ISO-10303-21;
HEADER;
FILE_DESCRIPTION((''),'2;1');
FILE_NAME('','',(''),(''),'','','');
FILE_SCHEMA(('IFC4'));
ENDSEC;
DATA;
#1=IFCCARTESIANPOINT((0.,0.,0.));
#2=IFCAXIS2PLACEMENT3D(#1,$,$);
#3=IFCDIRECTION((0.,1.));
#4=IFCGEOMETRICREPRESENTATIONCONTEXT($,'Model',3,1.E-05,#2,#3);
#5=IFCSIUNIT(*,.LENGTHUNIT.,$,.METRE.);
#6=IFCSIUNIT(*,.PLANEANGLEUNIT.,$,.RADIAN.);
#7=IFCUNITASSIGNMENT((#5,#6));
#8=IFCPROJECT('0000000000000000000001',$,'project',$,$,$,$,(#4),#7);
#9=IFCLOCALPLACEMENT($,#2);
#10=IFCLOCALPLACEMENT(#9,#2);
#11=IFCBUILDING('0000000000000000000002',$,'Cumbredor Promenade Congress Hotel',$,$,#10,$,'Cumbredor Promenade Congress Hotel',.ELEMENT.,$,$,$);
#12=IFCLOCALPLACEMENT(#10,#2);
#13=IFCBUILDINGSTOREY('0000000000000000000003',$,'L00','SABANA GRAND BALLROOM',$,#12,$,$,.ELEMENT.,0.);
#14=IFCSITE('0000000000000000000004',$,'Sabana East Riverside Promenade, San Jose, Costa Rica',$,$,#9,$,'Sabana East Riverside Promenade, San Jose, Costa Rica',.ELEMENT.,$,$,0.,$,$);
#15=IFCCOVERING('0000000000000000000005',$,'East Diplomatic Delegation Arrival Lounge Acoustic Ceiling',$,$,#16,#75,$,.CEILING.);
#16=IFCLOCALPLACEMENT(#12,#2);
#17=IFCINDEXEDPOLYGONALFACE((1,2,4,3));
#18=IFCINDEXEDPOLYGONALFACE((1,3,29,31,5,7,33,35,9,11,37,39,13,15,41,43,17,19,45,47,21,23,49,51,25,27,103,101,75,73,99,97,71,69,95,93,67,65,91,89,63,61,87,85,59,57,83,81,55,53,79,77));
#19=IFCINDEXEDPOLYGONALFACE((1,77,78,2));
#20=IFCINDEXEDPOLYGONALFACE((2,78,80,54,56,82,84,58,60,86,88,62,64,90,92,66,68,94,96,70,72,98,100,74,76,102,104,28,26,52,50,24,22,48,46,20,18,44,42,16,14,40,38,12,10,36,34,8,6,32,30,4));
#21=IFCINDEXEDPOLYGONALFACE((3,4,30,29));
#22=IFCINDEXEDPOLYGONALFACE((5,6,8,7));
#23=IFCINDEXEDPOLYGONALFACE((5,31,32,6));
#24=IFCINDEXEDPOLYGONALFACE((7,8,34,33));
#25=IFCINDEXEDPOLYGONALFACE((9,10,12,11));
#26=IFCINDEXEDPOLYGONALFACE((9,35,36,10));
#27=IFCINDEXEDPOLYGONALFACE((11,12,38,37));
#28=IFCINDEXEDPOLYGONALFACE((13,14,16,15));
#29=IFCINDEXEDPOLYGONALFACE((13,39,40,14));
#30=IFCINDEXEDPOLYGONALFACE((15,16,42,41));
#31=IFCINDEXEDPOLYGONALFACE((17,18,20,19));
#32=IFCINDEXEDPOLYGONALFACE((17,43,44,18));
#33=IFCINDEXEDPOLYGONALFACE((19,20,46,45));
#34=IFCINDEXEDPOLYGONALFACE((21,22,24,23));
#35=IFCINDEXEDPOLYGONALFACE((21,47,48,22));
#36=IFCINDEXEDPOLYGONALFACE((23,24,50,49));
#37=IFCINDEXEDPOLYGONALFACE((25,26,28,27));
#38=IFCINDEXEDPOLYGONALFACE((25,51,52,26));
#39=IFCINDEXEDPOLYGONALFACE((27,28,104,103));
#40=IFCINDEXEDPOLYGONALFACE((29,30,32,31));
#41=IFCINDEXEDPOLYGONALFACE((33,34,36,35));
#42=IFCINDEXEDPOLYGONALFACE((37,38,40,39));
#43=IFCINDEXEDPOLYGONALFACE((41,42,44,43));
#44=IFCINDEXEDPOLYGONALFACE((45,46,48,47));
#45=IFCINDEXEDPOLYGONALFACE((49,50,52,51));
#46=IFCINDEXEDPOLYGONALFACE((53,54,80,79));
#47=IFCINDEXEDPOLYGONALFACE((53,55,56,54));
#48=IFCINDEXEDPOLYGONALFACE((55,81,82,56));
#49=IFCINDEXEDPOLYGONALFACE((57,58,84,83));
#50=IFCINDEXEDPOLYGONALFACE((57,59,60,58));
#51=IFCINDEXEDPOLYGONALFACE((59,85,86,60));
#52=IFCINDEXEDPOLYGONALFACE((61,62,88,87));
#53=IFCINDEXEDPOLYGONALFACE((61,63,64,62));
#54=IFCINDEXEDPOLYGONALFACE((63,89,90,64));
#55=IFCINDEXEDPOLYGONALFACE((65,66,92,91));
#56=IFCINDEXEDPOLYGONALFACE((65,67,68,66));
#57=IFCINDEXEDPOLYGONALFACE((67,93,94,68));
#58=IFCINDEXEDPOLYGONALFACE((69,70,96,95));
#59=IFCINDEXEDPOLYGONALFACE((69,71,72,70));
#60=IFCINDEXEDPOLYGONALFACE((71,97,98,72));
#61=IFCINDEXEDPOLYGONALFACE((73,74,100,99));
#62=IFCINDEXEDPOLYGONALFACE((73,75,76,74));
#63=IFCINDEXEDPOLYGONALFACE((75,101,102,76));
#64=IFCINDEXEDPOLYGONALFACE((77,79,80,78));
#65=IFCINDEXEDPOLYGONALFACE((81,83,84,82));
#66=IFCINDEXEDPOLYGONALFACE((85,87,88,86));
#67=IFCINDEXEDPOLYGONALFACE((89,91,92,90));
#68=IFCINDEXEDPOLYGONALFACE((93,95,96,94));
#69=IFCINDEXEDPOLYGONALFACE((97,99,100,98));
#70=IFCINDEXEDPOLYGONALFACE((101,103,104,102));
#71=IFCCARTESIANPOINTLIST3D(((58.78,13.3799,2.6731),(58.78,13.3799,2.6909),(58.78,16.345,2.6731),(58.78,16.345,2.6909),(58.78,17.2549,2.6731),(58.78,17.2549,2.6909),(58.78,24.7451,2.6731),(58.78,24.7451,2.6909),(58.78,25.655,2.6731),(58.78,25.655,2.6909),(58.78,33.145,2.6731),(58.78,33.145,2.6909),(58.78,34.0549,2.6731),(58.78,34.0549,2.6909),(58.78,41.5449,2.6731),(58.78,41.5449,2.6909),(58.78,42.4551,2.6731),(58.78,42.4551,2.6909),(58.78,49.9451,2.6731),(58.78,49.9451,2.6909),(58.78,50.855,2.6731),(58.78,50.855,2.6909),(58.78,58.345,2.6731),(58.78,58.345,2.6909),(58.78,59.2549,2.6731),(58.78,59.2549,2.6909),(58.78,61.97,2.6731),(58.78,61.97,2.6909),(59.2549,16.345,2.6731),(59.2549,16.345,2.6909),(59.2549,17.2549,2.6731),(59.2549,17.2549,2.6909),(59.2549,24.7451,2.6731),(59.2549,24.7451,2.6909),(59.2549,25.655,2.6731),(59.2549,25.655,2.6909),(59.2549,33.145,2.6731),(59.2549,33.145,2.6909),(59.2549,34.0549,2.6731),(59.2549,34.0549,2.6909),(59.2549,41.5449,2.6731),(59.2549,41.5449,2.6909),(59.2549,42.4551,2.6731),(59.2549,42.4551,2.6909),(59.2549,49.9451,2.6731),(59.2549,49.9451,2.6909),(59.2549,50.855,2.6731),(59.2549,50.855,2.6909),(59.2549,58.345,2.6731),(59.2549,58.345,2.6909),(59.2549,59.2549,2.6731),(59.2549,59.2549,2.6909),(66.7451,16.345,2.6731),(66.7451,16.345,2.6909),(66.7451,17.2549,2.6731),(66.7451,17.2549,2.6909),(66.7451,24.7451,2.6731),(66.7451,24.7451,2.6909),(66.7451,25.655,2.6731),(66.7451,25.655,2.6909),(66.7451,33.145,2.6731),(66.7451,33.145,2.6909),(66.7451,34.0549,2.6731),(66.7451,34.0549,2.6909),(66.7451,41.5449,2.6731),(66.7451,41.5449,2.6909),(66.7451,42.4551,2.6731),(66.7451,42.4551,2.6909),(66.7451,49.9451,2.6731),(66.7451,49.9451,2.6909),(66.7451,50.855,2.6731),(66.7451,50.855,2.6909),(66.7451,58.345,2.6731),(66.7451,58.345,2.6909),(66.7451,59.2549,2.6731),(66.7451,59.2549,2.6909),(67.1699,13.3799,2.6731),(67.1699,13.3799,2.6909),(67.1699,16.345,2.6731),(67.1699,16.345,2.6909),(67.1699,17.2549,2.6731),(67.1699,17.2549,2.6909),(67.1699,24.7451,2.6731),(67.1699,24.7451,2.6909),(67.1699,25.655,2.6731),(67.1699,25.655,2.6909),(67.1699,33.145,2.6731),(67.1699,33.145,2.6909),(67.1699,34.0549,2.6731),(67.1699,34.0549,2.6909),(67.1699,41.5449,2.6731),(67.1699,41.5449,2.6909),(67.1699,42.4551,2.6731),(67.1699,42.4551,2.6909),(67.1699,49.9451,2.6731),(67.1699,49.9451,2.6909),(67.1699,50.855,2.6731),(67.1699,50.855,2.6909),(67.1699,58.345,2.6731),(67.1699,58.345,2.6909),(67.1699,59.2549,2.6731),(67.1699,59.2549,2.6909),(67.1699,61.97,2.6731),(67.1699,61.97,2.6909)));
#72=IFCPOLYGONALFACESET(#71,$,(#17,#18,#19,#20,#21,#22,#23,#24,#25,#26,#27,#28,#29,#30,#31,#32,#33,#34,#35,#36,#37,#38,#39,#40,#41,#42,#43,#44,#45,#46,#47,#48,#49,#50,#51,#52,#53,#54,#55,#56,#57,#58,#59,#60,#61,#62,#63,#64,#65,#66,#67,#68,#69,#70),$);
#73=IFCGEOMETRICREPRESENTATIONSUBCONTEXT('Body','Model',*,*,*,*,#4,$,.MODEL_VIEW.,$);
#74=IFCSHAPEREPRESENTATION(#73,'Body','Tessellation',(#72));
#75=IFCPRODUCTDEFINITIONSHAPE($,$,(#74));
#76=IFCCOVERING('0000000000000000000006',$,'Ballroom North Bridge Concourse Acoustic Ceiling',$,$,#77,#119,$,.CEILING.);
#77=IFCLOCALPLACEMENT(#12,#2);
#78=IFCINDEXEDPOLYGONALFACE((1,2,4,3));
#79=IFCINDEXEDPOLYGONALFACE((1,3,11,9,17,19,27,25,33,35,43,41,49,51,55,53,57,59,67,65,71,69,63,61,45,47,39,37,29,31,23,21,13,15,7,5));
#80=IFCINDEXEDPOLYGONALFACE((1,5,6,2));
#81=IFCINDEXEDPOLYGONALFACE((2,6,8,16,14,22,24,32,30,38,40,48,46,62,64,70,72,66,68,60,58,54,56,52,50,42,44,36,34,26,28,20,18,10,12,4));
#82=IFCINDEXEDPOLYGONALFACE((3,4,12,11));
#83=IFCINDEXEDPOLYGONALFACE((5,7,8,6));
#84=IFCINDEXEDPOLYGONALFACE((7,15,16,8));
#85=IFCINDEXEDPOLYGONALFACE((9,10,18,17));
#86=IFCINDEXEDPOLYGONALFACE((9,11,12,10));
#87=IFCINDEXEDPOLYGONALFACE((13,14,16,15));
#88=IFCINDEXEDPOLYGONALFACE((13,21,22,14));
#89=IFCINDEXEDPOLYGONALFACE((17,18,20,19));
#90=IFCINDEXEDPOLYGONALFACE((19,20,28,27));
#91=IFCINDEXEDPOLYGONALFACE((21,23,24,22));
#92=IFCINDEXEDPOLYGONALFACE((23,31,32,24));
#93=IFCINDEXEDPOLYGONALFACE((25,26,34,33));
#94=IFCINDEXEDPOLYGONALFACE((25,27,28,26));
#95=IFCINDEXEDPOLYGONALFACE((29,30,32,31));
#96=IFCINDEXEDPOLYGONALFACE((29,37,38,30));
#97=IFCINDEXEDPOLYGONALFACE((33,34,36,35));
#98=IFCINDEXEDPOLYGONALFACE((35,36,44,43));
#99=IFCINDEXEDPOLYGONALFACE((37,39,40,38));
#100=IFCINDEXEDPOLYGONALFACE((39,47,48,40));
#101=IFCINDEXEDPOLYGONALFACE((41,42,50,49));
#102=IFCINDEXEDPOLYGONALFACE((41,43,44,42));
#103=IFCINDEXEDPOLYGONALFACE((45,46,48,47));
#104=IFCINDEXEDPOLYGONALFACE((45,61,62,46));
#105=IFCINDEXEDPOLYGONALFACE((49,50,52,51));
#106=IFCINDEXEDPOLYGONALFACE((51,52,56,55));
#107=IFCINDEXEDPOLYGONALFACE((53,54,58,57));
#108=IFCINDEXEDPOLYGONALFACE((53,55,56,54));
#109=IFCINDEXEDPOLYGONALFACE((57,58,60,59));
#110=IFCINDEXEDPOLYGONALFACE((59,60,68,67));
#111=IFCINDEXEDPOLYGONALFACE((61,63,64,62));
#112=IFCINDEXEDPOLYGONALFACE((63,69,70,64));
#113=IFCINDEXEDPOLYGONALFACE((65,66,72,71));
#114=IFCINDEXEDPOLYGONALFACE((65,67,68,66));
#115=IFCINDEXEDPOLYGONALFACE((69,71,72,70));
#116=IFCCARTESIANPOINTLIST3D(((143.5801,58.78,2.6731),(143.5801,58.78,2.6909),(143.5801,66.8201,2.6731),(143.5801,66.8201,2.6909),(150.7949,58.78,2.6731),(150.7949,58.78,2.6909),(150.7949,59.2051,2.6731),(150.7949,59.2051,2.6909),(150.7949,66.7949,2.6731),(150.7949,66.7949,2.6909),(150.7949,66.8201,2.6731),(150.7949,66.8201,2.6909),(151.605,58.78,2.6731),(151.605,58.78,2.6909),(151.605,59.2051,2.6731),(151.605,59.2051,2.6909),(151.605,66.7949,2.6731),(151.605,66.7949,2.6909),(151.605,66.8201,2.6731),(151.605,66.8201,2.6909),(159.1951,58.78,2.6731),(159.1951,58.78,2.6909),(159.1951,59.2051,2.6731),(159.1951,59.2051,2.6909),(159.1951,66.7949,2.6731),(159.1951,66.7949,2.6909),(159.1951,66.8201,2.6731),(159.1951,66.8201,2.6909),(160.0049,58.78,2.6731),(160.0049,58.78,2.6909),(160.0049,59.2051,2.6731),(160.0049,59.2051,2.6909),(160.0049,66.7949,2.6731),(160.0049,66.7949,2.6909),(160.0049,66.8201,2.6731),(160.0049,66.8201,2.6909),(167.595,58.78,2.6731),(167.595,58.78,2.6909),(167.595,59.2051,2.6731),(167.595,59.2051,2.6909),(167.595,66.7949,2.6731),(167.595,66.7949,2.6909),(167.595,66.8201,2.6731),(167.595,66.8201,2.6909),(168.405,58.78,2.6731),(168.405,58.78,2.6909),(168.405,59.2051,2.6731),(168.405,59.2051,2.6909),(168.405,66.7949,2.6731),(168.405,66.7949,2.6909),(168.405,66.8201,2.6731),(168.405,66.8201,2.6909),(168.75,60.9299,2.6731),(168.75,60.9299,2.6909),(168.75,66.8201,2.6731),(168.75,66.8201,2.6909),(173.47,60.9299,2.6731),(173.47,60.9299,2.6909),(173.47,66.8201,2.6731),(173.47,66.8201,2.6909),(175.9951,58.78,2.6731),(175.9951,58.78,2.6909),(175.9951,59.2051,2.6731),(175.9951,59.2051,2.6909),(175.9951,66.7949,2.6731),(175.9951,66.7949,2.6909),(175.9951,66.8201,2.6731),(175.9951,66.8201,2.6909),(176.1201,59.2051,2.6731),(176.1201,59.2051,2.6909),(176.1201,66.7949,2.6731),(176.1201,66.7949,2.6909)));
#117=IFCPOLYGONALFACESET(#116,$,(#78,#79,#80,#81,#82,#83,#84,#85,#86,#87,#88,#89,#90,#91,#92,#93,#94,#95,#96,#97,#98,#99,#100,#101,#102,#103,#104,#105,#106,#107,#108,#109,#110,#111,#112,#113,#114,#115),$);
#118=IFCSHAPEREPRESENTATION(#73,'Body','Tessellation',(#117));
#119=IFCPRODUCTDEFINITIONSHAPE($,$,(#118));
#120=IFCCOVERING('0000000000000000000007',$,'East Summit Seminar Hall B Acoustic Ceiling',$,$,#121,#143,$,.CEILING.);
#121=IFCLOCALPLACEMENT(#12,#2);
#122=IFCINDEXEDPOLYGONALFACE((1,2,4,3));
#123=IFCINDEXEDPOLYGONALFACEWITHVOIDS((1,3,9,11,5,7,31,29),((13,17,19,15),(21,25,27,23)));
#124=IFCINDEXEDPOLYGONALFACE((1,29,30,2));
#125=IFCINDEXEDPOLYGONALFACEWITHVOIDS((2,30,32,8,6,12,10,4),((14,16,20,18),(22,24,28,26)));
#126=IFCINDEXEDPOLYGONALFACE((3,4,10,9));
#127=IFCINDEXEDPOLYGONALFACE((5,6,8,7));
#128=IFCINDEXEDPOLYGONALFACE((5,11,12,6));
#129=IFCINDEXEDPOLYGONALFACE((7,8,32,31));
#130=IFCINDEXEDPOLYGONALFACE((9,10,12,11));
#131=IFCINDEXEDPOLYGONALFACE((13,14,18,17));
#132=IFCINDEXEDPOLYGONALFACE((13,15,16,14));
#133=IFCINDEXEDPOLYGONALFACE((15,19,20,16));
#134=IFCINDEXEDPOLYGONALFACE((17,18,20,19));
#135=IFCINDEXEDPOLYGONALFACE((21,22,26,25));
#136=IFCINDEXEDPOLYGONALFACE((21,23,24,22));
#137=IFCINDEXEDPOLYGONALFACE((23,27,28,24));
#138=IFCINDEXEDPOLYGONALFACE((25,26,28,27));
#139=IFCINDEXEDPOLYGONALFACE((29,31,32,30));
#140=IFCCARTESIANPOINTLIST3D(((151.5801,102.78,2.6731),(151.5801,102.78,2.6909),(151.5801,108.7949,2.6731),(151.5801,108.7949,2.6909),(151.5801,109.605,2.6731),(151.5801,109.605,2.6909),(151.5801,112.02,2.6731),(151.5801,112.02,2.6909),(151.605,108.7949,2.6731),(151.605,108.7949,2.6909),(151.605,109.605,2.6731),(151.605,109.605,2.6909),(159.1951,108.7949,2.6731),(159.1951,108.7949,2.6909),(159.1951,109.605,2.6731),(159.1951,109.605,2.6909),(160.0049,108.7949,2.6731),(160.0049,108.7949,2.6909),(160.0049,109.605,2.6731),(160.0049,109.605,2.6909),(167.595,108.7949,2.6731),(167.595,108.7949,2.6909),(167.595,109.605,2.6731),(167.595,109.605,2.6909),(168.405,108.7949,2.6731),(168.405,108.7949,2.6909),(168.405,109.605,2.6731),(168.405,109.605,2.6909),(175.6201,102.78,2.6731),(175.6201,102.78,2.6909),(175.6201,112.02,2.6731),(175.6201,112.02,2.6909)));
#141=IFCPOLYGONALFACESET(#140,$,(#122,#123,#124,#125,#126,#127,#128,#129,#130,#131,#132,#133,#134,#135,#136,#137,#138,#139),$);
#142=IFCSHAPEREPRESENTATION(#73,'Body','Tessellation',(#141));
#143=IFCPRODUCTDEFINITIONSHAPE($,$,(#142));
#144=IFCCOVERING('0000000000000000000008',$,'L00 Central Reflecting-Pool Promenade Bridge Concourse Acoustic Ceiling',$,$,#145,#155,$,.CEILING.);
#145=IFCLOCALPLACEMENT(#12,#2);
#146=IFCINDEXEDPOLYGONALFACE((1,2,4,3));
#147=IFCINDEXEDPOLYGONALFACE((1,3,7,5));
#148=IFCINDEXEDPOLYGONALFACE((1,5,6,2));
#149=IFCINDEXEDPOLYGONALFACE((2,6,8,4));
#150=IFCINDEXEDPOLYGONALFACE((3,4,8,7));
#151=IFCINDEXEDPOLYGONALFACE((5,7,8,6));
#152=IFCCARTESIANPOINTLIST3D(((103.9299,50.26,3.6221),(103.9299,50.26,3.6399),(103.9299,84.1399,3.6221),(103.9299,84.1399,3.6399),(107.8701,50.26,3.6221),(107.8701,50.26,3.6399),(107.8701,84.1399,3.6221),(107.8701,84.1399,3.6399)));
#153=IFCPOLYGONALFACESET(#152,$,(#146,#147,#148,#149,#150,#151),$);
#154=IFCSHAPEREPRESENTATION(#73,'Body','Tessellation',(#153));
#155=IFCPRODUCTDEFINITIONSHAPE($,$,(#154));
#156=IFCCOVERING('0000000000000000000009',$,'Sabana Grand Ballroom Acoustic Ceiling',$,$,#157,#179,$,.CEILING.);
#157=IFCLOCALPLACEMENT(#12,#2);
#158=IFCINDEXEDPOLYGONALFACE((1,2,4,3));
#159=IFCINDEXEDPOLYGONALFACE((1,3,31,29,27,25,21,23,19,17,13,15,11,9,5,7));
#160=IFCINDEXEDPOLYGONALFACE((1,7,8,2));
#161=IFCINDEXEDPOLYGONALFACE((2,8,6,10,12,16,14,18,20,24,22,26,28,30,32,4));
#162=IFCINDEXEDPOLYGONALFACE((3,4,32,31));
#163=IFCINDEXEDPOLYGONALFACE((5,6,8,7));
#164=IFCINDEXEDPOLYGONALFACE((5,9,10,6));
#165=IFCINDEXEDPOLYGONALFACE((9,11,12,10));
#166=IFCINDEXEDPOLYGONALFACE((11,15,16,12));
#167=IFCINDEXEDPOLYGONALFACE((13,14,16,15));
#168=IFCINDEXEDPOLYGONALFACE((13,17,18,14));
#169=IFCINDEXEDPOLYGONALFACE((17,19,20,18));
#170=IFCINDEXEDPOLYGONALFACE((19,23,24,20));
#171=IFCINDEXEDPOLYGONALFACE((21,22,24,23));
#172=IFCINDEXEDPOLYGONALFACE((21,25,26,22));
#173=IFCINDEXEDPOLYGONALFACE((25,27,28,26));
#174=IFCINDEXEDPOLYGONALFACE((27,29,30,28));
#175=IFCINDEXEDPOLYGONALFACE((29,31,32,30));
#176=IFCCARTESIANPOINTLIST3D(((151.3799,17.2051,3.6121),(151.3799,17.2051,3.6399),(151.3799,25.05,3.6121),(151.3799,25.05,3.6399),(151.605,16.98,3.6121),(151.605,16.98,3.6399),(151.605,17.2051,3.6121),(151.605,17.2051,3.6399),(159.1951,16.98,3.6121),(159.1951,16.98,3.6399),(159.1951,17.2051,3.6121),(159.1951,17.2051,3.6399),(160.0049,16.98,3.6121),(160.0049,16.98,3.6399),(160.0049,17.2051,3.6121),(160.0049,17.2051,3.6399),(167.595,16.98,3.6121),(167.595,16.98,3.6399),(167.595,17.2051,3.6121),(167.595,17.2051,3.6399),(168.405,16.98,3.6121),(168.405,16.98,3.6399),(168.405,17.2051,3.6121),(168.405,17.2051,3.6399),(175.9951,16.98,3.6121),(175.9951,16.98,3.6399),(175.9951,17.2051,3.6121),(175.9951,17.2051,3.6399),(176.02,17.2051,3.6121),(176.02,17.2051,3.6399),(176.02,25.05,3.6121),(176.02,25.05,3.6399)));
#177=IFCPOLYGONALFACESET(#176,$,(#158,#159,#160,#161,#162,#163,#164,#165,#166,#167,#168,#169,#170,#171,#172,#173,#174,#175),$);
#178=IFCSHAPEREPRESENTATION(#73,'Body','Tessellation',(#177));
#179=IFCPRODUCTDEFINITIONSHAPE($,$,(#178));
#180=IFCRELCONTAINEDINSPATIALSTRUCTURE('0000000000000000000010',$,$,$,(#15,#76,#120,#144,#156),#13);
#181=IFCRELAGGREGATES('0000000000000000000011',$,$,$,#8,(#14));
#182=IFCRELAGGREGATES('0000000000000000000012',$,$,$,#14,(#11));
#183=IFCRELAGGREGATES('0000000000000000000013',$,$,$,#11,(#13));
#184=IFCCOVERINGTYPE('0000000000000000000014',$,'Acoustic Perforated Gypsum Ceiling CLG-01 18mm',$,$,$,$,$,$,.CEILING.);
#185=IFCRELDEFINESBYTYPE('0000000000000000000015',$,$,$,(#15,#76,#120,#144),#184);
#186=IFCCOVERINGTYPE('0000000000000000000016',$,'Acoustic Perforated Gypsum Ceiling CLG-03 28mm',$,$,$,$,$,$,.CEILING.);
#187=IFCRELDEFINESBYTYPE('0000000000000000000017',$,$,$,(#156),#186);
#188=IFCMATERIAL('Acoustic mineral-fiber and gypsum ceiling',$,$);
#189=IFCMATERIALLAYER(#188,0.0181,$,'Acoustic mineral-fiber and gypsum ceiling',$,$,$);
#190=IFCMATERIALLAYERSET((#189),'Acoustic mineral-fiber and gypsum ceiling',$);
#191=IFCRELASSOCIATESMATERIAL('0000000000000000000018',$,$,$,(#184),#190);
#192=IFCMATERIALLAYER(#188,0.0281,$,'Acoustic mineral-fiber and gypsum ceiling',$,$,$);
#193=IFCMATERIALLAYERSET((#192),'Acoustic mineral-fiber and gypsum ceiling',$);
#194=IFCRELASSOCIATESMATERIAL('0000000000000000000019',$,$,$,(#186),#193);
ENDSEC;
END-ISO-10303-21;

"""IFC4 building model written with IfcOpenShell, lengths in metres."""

from ifc_helpers import new_model, si_unit, direction, frame, origin, place, context, subcontext, project, spatial, polyline, outline, extrude, material, layer, layer_set, type_object, element, save


model = new_model("IFC4")

# Units and contexts
model_context = context("Model", 3, precision=1e-05, world=origin(), true_north=direction((0.0, 1.0)))
body_context = subcontext(model_context, "Body", "Model", "MODEL_VIEW")
ifc_project = project(units=[si_unit("LENGTHUNIT", "METRE"), si_unit("PLANEANGLEUNIT", "RADIAN")], contexts=[model_context])

# Site, building, storey
site_placement = place(None, origin())
site = spatial("IfcSite", under=ifc_project, at=site_placement, Name="Sabana East Riverside Promenade, San Jose, Costa Rica", LongName="Sabana East Riverside Promenade, San Jose, Costa Rica", CompositionType="ELEMENT", RefElevation=0.0)
building_placement = place(site_placement, origin())
building = spatial("IfcBuilding", under=site, at=building_placement, Name="Cumbredor Promenade Congress Hotel", LongName="Cumbredor Promenade Congress Hotel", CompositionType="ELEMENT")
storey_placement = place(building_placement, origin())
storey = spatial("IfcBuildingStorey", under=building, at=storey_placement, Name="L00", Description="SABANA GRAND BALLROOM", CompositionType="ELEMENT", Elevation=0.0)

# Coverings
ifc_material_1 = material(Name="Acoustic mineral-fiber and gypsum ceiling")
ifc_layer_1 = layer(ifc_material_1, 0.0181, Name="Acoustic mineral-fiber and gypsum ceiling")
ifc_layer_set_1 = layer_set([ifc_layer_1], Name="Acoustic mineral-fiber and gypsum ceiling")
covering_type_1 = type_object("IfcCoveringType", Name="Acoustic Perforated Gypsum Ceiling CLG-01 18mm", PredefinedType="CEILING", material=ifc_layer_set_1)
covering_1_placement = place(storey_placement, frame((0.0, 0.0, 2.6731)))
element("IfcCovering", 1, at=covering_1_placement, inside=storey, type_object=covering_type_1, Name="East Diplomatic Delegation Arrival Lounge Acoustic Ceiling", PredefinedType="CEILING", context=body_context, shape_type="SweptSolid", body=[
    extrude(outline(polyline([(58.78, 34.0549), (58.78, 41.5449), (59.2549, 41.5449), (59.2549, 42.4551), (58.78, 42.4551), (58.78, 49.9451), (59.2549, 49.9451), (59.2549, 50.855), (58.78, 50.855), (58.78, 58.345), (59.2549, 58.345), (59.2549, 59.2549), (58.78, 59.2549), (58.78, 61.97), (67.1699, 61.97), (67.1699, 59.2549), (66.7451, 59.2549), (66.7451, 58.345), (67.1699, 58.345), (67.1699, 50.855), (66.7451, 50.855), (66.7451, 49.9451), (67.1699, 49.9451), (67.1699, 42.4551), (66.7451, 42.4551), (66.7451, 41.5449), (67.1699, 41.5449), (67.1699, 34.0549), (66.7451, 34.0549), (66.7451, 33.145), (67.1699, 33.145), (67.1699, 25.655), (66.7451, 25.655), (66.7451, 24.7451), (67.1699, 24.7451), (67.1699, 17.2549), (66.7451, 17.2549), (66.7451, 16.345), (67.1699, 16.345), (67.1699, 13.3799), (58.78, 13.3799), (58.78, 16.345), (59.2549, 16.345), (59.2549, 17.2549), (58.78, 17.2549), (58.78, 24.7451), (59.2549, 24.7451), (59.2549, 25.655), (58.78, 25.655), (58.78, 33.145), (59.2549, 33.145), (59.2549, 34.0549), (58.78, 34.0549)])), origin(), (0.0, 0.0, 1.0), 0.0178),
])
covering_2_placement = place(storey_placement, frame((0.0, 0.0, 2.6731)))
element("IfcCovering", 2, at=covering_2_placement, inside=storey, type_object=covering_type_1, Name="Ballroom North Bridge Concourse Acoustic Ceiling", PredefinedType="CEILING", context=body_context, shape_type="SweptSolid", body=[
    extrude(outline(polyline([(150.7949, 66.7949), (151.605, 66.7949), (151.605, 66.8201), (159.1951, 66.8201), (159.1951, 66.7949), (160.0049, 66.7949), (160.0049, 66.8201), (167.595, 66.8201), (167.595, 66.7949), (168.405, 66.7949), (168.405, 66.8201), (168.75, 66.8201), (168.75, 60.9299), (173.47, 60.9299), (173.47, 66.8201), (175.9951, 66.8201), (175.9951, 66.7949), (176.1201, 66.7949), (176.1201, 59.2051), (175.9951, 59.2051), (175.9951, 58.78), (168.405, 58.78), (168.405, 59.2051), (167.595, 59.2051), (167.595, 58.78), (160.0049, 58.78), (160.0049, 59.2051), (159.1951, 59.2051), (159.1951, 58.78), (151.605, 58.78), (151.605, 59.2051), (150.7949, 59.2051), (150.7949, 58.78), (143.5801, 58.78), (143.5801, 66.8201), (150.7949, 66.8201), (150.7949, 66.7949)])), origin(), (0.0, 0.0, 1.0), 0.0178),
])
covering_3_placement = place(storey_placement, frame((0.0, 0.0, 2.6731)))
element("IfcCovering", 3, at=covering_3_placement, inside=storey, type_object=covering_type_1, Name="East Summit Seminar Hall B Acoustic Ceiling", PredefinedType="CEILING", context=body_context, shape_type="SweptSolid", body=[
    extrude(outline(polyline([(151.605, 109.605), (151.5801, 109.605), (151.5801, 112.02), (175.6201, 112.02), (175.6201, 102.78), (151.5801, 102.78), (151.5801, 108.7949), (151.605, 108.7949), (151.605, 109.605)]), holes=[polyline([(159.1951, 109.605), (159.1951, 108.7949), (160.0049, 108.7949), (160.0049, 109.605), (159.1951, 109.605)]), polyline([(168.405, 109.605), (167.595, 109.605), (167.595, 108.7949), (168.405, 108.7949), (168.405, 109.605)])]), origin(), (0.0, 0.0, 1.0), 0.0178),
])
covering_4_placement = place(storey_placement, frame((0.0, 0.0, 3.6221)))
element("IfcCovering", 4, at=covering_4_placement, inside=storey, type_object=covering_type_1, Name="L00 Central Reflecting-Pool Promenade Bridge Concourse Acoustic Ceiling", PredefinedType="CEILING", context=body_context, shape_type="SweptSolid", body=[
    extrude(outline(polyline([(103.9299, 50.26), (103.9299, 84.1399), (107.8701, 84.1399), (107.8701, 50.26), (103.9299, 50.26)])), origin(), (0.0, 0.0, 1.0), 0.0178),
])
ifc_layer_2 = layer(ifc_material_1, 0.0281, Name="Acoustic mineral-fiber and gypsum ceiling")
ifc_layer_set_2 = layer_set([ifc_layer_2], Name="Acoustic mineral-fiber and gypsum ceiling")
covering_type_2 = type_object("IfcCoveringType", Name="Acoustic Perforated Gypsum Ceiling CLG-03 28mm", PredefinedType="CEILING", material=ifc_layer_set_2)
covering_5_placement = place(storey_placement, frame((0.0, 0.0, 3.6121)))
element("IfcCovering", 5, at=covering_5_placement, inside=storey, type_object=covering_type_2, Name="Sabana Grand Ballroom Acoustic Ceiling", PredefinedType="CEILING", context=body_context, shape_type="SweptSolid", body=[
    extrude(outline(polyline([(151.605, 17.2051), (151.3799, 17.2051), (151.3799, 25.05), (176.02, 25.05), (176.02, 17.2051), (175.9951, 17.2051), (175.9951, 16.98), (168.405, 16.98), (168.405, 17.2051), (167.595, 17.2051), (167.595, 16.98), (160.0049, 16.98), (160.0049, 17.2051), (159.1951, 17.2051), (159.1951, 16.98), (151.605, 16.98), (151.605, 17.2051)])), origin(), (0.0, 0.0, 1.0), 0.0278),
])

save(model, "model.ifc")
